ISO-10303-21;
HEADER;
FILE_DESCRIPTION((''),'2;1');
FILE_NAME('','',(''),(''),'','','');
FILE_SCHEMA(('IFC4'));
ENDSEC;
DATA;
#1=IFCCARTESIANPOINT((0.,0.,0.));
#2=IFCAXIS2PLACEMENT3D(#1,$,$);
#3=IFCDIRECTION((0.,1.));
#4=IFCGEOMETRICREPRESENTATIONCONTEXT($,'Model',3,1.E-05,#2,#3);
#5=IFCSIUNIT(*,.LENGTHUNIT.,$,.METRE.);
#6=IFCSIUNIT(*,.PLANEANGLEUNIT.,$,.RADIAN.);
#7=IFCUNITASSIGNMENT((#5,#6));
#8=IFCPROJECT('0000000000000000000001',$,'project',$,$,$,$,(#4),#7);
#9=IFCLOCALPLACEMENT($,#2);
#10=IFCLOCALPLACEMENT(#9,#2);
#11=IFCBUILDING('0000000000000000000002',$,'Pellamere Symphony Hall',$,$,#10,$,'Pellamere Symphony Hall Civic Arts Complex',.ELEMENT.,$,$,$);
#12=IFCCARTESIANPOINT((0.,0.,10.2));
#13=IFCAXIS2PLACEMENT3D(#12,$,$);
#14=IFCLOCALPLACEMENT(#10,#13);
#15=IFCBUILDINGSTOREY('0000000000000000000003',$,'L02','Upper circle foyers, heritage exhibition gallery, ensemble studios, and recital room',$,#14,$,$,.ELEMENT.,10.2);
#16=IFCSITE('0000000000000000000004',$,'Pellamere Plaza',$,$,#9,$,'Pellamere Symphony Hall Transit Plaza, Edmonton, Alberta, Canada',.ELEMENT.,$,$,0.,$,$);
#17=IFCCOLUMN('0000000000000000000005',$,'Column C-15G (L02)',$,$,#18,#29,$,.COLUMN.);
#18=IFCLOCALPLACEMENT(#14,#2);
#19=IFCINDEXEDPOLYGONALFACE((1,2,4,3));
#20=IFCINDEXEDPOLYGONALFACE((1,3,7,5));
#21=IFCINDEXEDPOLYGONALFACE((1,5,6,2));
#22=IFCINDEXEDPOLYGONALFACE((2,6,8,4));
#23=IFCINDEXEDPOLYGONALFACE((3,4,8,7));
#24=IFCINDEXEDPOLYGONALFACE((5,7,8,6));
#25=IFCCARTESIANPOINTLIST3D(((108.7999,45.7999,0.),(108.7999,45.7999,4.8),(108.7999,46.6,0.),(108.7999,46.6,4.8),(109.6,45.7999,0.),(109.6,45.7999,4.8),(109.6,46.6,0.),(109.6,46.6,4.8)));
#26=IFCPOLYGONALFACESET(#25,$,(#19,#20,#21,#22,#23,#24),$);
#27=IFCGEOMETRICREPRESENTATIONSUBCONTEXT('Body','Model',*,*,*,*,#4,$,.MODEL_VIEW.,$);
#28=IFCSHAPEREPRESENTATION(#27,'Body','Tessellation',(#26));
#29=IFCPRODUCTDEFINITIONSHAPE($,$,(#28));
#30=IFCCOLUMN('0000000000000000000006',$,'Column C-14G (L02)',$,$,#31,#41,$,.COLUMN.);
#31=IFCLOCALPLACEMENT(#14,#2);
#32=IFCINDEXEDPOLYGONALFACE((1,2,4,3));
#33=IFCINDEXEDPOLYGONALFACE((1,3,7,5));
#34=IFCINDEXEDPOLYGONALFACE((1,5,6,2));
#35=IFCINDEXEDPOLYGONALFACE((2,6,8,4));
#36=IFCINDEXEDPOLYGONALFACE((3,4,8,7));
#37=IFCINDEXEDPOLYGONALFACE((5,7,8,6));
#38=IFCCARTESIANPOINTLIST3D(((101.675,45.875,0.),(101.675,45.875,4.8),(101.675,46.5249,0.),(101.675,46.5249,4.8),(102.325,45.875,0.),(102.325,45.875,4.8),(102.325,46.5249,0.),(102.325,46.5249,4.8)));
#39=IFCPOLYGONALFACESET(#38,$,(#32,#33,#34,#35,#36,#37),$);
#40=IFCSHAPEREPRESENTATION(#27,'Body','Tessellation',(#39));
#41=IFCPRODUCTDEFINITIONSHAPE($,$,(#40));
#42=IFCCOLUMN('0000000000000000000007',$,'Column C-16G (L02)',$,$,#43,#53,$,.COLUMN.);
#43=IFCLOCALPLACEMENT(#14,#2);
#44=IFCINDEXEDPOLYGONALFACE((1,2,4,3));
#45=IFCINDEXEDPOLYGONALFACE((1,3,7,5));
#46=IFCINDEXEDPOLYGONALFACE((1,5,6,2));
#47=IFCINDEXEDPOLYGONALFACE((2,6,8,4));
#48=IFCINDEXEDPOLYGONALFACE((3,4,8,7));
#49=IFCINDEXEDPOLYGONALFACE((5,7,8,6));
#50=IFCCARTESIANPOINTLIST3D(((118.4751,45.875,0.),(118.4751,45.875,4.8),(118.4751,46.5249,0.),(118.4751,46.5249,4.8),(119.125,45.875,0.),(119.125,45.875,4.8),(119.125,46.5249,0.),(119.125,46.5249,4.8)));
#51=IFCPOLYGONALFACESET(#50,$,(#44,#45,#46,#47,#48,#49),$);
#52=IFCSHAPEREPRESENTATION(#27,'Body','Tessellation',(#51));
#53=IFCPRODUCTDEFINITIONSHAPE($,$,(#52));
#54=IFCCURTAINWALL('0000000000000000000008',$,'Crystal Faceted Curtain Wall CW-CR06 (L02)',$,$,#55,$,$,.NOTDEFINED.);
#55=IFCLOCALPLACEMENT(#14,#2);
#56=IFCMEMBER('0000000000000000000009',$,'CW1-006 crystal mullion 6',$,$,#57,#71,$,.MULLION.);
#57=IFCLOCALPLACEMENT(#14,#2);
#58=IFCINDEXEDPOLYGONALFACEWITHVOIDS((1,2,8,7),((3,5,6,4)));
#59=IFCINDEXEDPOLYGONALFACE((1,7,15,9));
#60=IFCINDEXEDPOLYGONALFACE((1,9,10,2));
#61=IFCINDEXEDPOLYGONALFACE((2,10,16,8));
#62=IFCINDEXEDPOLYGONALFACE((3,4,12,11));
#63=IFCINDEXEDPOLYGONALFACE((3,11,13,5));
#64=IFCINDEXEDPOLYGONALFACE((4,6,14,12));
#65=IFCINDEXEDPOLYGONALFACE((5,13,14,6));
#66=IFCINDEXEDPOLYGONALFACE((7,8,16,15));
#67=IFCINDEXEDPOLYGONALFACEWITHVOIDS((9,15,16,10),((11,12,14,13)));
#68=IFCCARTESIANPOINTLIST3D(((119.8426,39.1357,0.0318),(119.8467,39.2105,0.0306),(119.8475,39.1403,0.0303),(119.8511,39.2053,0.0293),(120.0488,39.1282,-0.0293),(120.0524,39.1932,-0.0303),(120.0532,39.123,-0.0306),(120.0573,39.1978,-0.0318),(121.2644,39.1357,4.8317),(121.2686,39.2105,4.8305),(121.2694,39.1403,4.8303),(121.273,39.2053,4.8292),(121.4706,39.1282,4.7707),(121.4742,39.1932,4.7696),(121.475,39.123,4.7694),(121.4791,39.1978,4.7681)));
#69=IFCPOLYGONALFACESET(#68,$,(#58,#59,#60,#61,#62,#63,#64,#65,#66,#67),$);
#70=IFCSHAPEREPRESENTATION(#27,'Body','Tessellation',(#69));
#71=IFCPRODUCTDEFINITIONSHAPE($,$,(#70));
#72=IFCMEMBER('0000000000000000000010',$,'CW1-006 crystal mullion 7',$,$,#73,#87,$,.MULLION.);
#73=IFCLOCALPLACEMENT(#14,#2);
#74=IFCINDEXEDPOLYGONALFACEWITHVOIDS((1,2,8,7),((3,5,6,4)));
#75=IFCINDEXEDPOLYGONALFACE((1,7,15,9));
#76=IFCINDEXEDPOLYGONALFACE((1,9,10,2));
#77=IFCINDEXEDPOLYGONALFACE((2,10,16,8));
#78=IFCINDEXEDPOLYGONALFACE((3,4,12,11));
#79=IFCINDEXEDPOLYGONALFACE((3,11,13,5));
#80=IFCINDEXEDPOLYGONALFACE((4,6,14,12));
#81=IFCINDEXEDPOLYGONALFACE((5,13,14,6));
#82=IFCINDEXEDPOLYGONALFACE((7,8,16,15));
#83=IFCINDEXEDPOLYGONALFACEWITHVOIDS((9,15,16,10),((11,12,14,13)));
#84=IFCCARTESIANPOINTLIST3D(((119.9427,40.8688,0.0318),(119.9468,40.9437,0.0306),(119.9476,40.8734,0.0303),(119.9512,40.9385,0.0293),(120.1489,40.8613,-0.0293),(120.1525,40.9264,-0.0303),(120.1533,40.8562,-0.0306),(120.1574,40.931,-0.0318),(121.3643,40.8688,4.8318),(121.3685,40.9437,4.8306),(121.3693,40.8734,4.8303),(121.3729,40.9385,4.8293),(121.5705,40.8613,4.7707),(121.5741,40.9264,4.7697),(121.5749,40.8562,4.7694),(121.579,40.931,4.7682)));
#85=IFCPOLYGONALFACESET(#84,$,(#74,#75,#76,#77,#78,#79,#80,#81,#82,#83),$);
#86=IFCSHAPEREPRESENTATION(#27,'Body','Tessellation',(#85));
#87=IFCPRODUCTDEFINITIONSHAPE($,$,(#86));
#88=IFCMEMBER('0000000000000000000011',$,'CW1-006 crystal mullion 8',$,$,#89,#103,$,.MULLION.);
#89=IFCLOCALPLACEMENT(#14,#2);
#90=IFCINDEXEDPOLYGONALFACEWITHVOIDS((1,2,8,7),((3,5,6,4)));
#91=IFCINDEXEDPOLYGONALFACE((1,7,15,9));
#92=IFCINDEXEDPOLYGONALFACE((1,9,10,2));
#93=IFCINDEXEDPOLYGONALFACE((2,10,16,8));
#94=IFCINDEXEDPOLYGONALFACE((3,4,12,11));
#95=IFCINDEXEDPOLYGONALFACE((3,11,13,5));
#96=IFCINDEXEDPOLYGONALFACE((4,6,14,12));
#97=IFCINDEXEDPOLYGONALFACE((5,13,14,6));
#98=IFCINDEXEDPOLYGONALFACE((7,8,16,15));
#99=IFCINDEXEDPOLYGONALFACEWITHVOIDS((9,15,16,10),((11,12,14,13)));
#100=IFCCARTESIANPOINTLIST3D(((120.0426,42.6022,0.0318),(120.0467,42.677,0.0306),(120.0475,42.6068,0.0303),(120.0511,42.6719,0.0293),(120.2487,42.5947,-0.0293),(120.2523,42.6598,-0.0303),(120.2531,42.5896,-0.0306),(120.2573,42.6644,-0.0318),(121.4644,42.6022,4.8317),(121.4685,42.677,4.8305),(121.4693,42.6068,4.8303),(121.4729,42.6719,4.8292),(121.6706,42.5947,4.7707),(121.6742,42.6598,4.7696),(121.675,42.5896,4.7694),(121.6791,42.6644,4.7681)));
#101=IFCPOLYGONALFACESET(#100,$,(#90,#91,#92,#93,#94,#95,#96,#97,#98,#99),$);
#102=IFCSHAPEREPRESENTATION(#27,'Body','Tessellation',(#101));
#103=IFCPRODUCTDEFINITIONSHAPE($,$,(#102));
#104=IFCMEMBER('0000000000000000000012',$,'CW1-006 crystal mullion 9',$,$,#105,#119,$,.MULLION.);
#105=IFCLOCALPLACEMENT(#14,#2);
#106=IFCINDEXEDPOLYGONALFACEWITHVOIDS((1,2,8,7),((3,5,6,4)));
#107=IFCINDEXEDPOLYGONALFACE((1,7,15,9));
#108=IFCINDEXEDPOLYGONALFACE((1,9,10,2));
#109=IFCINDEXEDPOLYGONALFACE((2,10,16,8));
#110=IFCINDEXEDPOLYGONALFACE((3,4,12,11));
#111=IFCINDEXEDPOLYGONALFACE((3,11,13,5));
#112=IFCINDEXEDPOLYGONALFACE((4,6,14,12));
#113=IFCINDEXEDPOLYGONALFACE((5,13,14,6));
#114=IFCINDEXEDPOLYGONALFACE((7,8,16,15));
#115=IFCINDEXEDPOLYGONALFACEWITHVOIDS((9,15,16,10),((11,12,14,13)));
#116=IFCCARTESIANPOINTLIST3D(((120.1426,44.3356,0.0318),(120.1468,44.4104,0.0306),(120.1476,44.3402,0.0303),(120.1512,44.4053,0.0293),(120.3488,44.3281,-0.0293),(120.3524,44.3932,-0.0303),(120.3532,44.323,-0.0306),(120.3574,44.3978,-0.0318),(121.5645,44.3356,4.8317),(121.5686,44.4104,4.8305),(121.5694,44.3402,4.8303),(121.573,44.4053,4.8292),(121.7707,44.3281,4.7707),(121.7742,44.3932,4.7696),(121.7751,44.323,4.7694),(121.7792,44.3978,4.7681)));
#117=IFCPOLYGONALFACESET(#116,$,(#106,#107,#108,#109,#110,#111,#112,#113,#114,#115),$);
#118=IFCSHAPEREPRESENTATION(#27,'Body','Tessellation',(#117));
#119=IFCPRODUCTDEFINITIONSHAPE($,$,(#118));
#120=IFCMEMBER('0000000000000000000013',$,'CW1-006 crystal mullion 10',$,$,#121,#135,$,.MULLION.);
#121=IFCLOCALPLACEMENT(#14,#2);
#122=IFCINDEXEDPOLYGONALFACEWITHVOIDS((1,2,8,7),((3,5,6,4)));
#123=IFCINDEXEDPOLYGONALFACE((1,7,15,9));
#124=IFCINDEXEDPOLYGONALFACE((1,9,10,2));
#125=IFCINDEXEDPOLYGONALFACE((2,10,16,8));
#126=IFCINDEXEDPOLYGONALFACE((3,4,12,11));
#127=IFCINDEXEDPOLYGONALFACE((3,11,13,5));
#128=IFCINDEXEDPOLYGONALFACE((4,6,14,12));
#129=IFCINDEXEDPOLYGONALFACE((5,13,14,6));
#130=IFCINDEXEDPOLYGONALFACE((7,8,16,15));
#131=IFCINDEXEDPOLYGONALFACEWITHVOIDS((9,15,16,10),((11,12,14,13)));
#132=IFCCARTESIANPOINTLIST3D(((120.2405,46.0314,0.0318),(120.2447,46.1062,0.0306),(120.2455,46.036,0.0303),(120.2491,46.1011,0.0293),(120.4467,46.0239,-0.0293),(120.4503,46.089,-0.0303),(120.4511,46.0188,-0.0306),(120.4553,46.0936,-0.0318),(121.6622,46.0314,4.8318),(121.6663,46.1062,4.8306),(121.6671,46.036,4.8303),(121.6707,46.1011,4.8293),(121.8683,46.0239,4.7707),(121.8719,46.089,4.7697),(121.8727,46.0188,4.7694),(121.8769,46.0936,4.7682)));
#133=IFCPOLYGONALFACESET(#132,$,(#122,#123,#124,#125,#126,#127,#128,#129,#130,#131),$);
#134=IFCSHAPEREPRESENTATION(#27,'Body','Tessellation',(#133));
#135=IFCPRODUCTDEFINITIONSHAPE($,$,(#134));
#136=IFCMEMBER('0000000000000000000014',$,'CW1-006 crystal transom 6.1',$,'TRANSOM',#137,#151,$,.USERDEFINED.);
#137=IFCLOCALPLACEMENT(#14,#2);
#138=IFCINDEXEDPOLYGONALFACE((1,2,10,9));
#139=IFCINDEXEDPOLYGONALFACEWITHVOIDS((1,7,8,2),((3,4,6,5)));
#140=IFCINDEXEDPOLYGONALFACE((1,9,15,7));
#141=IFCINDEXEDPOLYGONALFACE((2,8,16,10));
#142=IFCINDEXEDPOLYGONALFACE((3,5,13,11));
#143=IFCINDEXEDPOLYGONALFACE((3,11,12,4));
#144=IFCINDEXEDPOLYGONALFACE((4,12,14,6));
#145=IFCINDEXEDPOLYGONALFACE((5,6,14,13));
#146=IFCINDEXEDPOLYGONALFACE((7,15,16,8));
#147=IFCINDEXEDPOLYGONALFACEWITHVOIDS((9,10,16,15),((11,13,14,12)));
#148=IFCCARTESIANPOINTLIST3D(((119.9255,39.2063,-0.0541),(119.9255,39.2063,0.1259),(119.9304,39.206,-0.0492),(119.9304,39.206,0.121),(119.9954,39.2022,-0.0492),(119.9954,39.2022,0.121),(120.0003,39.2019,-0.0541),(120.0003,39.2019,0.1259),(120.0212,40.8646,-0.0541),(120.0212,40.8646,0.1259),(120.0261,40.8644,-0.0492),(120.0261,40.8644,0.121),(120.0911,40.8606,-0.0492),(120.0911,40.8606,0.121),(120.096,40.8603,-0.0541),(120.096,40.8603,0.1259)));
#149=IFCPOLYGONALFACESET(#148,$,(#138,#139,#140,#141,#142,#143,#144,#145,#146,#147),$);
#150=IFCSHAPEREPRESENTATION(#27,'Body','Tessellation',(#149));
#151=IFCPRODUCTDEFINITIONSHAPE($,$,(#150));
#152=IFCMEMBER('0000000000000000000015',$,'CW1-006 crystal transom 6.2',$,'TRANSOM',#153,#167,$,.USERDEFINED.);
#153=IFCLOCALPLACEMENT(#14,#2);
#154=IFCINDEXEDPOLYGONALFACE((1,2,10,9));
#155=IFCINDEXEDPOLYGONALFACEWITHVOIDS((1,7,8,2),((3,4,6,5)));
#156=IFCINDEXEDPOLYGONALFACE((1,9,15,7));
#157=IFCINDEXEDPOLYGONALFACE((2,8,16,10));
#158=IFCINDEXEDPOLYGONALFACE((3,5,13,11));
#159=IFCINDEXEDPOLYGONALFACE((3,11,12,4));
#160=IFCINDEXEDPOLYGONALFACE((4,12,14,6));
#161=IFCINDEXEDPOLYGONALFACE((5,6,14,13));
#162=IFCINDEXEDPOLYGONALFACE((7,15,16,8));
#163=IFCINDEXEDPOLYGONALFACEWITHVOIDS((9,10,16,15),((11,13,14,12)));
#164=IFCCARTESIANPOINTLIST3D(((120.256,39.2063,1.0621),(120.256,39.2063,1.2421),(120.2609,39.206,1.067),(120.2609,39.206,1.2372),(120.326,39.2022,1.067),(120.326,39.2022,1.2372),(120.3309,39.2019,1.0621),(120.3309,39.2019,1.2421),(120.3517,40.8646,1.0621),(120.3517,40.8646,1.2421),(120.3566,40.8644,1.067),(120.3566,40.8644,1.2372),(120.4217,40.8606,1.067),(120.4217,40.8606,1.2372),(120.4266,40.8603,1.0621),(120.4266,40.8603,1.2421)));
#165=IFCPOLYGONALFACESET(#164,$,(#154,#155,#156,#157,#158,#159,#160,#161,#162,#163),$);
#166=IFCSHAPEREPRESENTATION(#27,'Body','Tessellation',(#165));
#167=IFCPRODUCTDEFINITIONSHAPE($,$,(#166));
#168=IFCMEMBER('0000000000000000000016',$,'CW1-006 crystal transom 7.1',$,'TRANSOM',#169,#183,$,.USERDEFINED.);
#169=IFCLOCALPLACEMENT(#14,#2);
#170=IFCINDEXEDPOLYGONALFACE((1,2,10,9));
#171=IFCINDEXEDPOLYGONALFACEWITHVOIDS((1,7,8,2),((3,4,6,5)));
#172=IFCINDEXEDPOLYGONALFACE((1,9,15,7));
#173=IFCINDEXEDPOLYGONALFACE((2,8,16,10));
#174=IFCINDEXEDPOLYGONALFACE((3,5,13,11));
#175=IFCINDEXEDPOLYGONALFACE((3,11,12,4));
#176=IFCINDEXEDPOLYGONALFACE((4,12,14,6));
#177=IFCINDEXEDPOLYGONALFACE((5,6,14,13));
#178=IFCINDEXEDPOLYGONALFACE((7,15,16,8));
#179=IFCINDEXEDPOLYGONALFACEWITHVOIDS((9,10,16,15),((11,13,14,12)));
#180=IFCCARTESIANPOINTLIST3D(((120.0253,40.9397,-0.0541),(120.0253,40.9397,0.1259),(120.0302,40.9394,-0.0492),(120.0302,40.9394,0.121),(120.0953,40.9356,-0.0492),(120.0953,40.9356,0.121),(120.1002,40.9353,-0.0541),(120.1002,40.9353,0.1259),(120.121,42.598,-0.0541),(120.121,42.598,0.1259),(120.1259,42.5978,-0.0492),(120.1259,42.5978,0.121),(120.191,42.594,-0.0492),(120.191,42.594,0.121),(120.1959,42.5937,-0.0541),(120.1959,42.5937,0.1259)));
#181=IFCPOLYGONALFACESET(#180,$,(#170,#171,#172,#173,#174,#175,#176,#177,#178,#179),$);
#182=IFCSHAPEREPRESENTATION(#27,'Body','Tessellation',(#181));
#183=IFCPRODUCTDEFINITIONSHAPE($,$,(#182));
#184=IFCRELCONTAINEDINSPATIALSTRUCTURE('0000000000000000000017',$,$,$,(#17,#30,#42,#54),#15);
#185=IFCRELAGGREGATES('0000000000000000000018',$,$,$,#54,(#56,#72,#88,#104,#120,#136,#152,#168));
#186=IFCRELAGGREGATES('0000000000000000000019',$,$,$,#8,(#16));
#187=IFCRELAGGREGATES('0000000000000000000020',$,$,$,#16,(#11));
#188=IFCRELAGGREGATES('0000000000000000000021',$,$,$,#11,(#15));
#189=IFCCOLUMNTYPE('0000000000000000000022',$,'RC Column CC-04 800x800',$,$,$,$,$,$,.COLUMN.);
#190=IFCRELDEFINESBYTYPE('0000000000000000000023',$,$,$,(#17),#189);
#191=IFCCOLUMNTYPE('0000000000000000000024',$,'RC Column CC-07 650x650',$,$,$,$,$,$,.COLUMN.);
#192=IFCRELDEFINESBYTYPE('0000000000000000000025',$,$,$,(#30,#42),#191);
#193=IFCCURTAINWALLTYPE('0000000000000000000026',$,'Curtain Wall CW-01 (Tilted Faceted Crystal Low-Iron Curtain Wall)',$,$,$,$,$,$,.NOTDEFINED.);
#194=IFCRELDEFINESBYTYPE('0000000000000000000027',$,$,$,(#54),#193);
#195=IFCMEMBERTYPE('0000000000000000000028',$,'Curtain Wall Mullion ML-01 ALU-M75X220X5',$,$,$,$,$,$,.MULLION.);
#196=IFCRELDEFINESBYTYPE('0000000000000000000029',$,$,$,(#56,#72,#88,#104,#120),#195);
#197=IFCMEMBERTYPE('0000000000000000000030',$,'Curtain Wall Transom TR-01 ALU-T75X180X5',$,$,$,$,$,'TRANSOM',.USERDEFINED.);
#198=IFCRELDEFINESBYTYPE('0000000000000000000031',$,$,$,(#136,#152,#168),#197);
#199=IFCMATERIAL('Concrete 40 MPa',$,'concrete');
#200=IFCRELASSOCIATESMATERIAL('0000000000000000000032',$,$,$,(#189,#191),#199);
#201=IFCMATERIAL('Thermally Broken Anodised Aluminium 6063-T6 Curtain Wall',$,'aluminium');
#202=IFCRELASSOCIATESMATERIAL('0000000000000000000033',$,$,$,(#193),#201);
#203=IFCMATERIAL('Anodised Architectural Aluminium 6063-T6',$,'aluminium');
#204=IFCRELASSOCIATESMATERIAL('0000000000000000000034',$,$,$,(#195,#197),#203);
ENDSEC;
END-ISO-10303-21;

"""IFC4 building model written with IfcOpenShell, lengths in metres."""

from ifc_helpers import new_model, si_unit, direction, frame, origin, origin_2d, place, context, subcontext, project, spatial, rectangle, hollow_rectangle, extrude, material, material_profile, profile_set, type_object, element, aggregate, save


model = new_model("IFC4")

# Units and contexts
model_context = context("Model", 3, precision=1e-05, world=origin(), true_north=direction((0.0, 1.0)))
body_context = subcontext(model_context, "Body", "Model", "MODEL_VIEW")
ifc_project = project(units=[si_unit("LENGTHUNIT", "METRE"), si_unit("PLANEANGLEUNIT", "RADIAN")], contexts=[model_context])

# Site, building, storey
site_placement = place(None, origin())
site = spatial("IfcSite", under=ifc_project, at=site_placement, Name="Pellamere Plaza", LongName="Pellamere Symphony Hall Transit Plaza, Edmonton, Alberta, Canada", CompositionType="ELEMENT", RefElevation=0.0)
building_placement = place(site_placement, origin())
building = spatial("IfcBuilding", under=site, at=building_placement, Name="Pellamere Symphony Hall", LongName="Pellamere Symphony Hall Civic Arts Complex", CompositionType="ELEMENT")
storey_placement = place(building_placement, frame((0.0, 0.0, 10.2)))
storey = spatial("IfcBuildingStorey", under=building, at=storey_placement, Name="L02", Description="Upper circle foyers, heritage exhibition gallery, ensemble studios, and recital room", CompositionType="ELEMENT", Elevation=10.2)

# Columns
ifc_material_1 = material(Name="Concrete 40 MPa", Category="concrete")
ifc_material_profile_1 = material_profile(ifc_material_1, rectangle(XDim=0.8, YDim=0.8, at=origin_2d()), Name="RC 800x800")
ifc_profile_set_1 = profile_set([ifc_material_profile_1], Name="Concrete 40 MPa")
column_type_1 = type_object("IfcColumnType", Name="RC Column CC-04 800x800", PredefinedType="COLUMN", material=ifc_profile_set_1)
column_placement = place(storey_placement, frame((109.2, 46.2, 0.0), z_axis=(0.0, 0.0, 1.0), x_axis=(1.0, 0.0, 0.0)))
element("IfcColumn", 1, at=column_placement, inside=storey, type_object=column_type_1, Name="Column C-15G (L02)", PredefinedType="COLUMN", context=body_context, shape_type="SweptSolid", body=[
    extrude(rectangle(XDim=0.8, YDim=0.8, at=origin_2d()), origin(), (0.0, 0.0, 1.0), 4.8),
])
ifc_material_profile_2 = material_profile(ifc_material_1, rectangle(XDim=0.6499, YDim=0.6499, at=origin_2d()), Name="RC 650x650")
ifc_profile_set_2 = profile_set([ifc_material_profile_2], Name="Concrete 40 MPa")
column_type_2 = type_object("IfcColumnType", Name="RC Column CC-07 650x650", PredefinedType="COLUMN", material=ifc_profile_set_2)
for number, where, z_axis, x_axis, name in (
    (2, (102.0, 46.2, 0.0), (0.0, 0.0, 1.0), (1.0, 0.0, 0.0), "Column C-14G (L02)"),
    (3, (118.8, 46.2, 0.0), (0.0, 0.0, 1.0), (1.0, 0.0, 0.0), "Column C-16G (L02)"),
):
    element("IfcColumn", number, at=place(storey_placement, frame(where, z_axis=z_axis, x_axis=x_axis)), inside=storey, type_object=column_type_2, Name=name, PredefinedType="COLUMN", context=body_context, shape_type="SweptSolid", body=[
        extrude(rectangle(XDim=0.6499, YDim=0.6499, at=origin_2d()), origin(), (0.0, 0.0, 1.0), 4.8),
    ])

# Curtain wall, members
ifc_material_2 = material(Name="Thermally Broken Anodised Aluminium 6063-T6 Curtain Wall", Category="aluminium")
curtain_wall_type = type_object("IfcCurtainWallType", Name="Curtain Wall CW-01 (Tilted Faceted Crystal Low-Iron Curtain Wall)", PredefinedType="NOTDEFINED", material=ifc_material_2)
curtain_wall_1_placement = place(storey_placement, origin())
curtain_wall_1 = element("IfcCurtainWall", 4, at=curtain_wall_1_placement, inside=storey, type_object=curtain_wall_type, Name="Crystal Faceted Curtain Wall CW-CR06 (L02)", PredefinedType="NOTDEFINED")
ifc_material_3 = material(Name="Anodised Architectural Aluminium 6063-T6", Category="aluminium")
ifc_material_profile_3 = material_profile(ifc_material_3, hollow_rectangle(XDim=0.075, YDim=0.22, WallThickness=0.0049, at=origin_2d()), Name="ALU-M75X220X5")
ifc_profile_set_3 = profile_set([ifc_material_profile_3], Name="Anodised Architectural Aluminium 6063-T6")
member_type_1 = type_object("IfcMemberType", Name="Curtain Wall Mullion ML-01 ALU-M75X220X5", PredefinedType="MULLION", material=ifc_profile_set_3)
member_1_placement = place(storey_placement, frame((119.95, 39.1667, 0.0), z_axis=(0.284022, 0.0, 0.958818), x_axis=(-0.055225, -0.99834, 0.016359)))
member_1 = element("IfcMember", 5, at=member_1_placement, type_object=member_type_1, Name="CW1-006 crystal mullion 6", PredefinedType="MULLION", context=body_context, shape_type="SweptSolid", body=[
    extrude(hollow_rectangle(XDim=0.075, YDim=0.22, WallThickness=0.0049, at=origin_2d()), origin(), (0.0, 0.0, 1.0), 5.0061),
])
member_2_placement = place(storey_placement, frame((120.05, 40.8999, 0.0), z_axis=(0.283977, 0.0, 0.958831), x_axis=(-0.055225, -0.99834, 0.016356)))
member_2 = element("IfcMember", 6, at=member_2_placement, type_object=member_type_1, Name="CW1-006 crystal mullion 7", PredefinedType="MULLION", context=body_context, shape_type="SweptSolid", body=[
    extrude(hollow_rectangle(XDim=0.075, YDim=0.22, WallThickness=0.0049, at=origin_2d()), origin(), (0.0, 0.0, 1.0), 5.0061),
])
member_3_placement = place(storey_placement, frame((120.1499, 42.6333, 0.0), z_axis=(0.284022, 0.0, 0.958818), x_axis=(-0.055225, -0.99834, 0.016359)))
member_3 = element("IfcMember", 7, at=member_3_placement, type_object=member_type_1, Name="CW1-006 crystal mullion 8", PredefinedType="MULLION", context=body_context, shape_type="SweptSolid", body=[
    extrude(hollow_rectangle(XDim=0.075, YDim=0.22, WallThickness=0.0049, at=origin_2d()), origin(), (0.0, 0.0, 1.0), 5.0061),
])
member_4_placement = place(storey_placement, frame((120.25, 44.3667, 0.0), z_axis=(0.284022, 0.0, 0.958818), x_axis=(-0.055225, -0.99834, 0.016359)))
member_4 = element("IfcMember", 8, at=member_4_placement, type_object=member_type_1, Name="CW1-006 crystal mullion 9", PredefinedType="MULLION", context=body_context, shape_type="SweptSolid", body=[
    extrude(hollow_rectangle(XDim=0.075, YDim=0.22, WallThickness=0.0049, at=origin_2d()), origin(), (0.0, 0.0, 1.0), 5.0061),
])
member_5_placement = place(storey_placement, frame((120.3479, 46.0625, 0.0), z_axis=(0.283977, 0.0, 0.958831), x_axis=(-0.055225, -0.99834, 0.016356)))
member_5 = element("IfcMember", 9, at=member_5_placement, type_object=member_type_1, Name="CW1-006 crystal mullion 10", PredefinedType="MULLION", context=body_context, shape_type="SweptSolid", body=[
    extrude(hollow_rectangle(XDim=0.075, YDim=0.22, WallThickness=0.0049, at=origin_2d()), origin(), (0.0, 0.0, 1.0), 5.0061),
])
ifc_material_profile_4 = material_profile(ifc_material_3, hollow_rectangle(XDim=0.075, YDim=0.1799, WallThickness=0.0049, at=origin_2d()), Name="ALU-T75X180X5")
ifc_profile_set_4 = profile_set([ifc_material_profile_4], Name="Anodised Architectural Aluminium 6063-T6")
member_type_2 = type_object("IfcMemberType", Name="Curtain Wall Transom TR-01 ALU-T75X180X5", ElementType="TRANSOM", PredefinedType="USERDEFINED", material=ifc_profile_set_4)
member_6_placement = place(storey_placement, frame((119.9629, 39.2041, 0.0359), z_axis=(0.057611, 0.998339, 0.0), x_axis=(-0.998339, 0.057611, 0.0)))
member_6 = element("IfcMember", 10, at=member_6_placement, type_object=member_type_2, Name="CW1-006 crystal transom 6.1", ObjectType="TRANSOM", PredefinedType="USERDEFINED", context=body_context, shape_type="SweptSolid", body=[
    extrude(hollow_rectangle(XDim=0.075, YDim=0.1799, WallThickness=0.0049, at=origin_2d()), origin(), (0.0, 0.0, 1.0), 1.6611),
])
member_7_placement = place(storey_placement, frame((120.2935, 39.2041, 1.1521), z_axis=(0.057611, 0.998339, 0.0), x_axis=(-0.998339, 0.057611, 0.0)))
member_7 = element("IfcMember", 11, at=member_7_placement, type_object=member_type_2, Name="CW1-006 crystal transom 6.2", ObjectType="TRANSOM", PredefinedType="USERDEFINED", context=body_context, shape_type="SweptSolid", body=[
    extrude(hollow_rectangle(XDim=0.075, YDim=0.1799, WallThickness=0.0049, at=origin_2d()), origin(), (0.0, 0.0, 1.0), 1.6611),
])
member_8_placement = place(storey_placement, frame((120.0627, 40.9375, 0.0359), z_axis=(0.057611, 0.998339, 0.0), x_axis=(-0.998339, 0.057611, 0.0)))
member_8 = element("IfcMember", 12, at=member_8_placement, type_object=member_type_2, Name="CW1-006 crystal transom 7.1", ObjectType="TRANSOM", PredefinedType="USERDEFINED", context=body_context, shape_type="SweptSolid", body=[
    extrude(hollow_rectangle(XDim=0.075, YDim=0.1799, WallThickness=0.0049, at=origin_2d()), origin(), (0.0, 0.0, 1.0), 1.6611),
])

aggregate(curtain_wall_1, [member_1, member_2, member_3, member_4, member_5, member_6, member_7, member_8])

save(model, "model.ifc")
